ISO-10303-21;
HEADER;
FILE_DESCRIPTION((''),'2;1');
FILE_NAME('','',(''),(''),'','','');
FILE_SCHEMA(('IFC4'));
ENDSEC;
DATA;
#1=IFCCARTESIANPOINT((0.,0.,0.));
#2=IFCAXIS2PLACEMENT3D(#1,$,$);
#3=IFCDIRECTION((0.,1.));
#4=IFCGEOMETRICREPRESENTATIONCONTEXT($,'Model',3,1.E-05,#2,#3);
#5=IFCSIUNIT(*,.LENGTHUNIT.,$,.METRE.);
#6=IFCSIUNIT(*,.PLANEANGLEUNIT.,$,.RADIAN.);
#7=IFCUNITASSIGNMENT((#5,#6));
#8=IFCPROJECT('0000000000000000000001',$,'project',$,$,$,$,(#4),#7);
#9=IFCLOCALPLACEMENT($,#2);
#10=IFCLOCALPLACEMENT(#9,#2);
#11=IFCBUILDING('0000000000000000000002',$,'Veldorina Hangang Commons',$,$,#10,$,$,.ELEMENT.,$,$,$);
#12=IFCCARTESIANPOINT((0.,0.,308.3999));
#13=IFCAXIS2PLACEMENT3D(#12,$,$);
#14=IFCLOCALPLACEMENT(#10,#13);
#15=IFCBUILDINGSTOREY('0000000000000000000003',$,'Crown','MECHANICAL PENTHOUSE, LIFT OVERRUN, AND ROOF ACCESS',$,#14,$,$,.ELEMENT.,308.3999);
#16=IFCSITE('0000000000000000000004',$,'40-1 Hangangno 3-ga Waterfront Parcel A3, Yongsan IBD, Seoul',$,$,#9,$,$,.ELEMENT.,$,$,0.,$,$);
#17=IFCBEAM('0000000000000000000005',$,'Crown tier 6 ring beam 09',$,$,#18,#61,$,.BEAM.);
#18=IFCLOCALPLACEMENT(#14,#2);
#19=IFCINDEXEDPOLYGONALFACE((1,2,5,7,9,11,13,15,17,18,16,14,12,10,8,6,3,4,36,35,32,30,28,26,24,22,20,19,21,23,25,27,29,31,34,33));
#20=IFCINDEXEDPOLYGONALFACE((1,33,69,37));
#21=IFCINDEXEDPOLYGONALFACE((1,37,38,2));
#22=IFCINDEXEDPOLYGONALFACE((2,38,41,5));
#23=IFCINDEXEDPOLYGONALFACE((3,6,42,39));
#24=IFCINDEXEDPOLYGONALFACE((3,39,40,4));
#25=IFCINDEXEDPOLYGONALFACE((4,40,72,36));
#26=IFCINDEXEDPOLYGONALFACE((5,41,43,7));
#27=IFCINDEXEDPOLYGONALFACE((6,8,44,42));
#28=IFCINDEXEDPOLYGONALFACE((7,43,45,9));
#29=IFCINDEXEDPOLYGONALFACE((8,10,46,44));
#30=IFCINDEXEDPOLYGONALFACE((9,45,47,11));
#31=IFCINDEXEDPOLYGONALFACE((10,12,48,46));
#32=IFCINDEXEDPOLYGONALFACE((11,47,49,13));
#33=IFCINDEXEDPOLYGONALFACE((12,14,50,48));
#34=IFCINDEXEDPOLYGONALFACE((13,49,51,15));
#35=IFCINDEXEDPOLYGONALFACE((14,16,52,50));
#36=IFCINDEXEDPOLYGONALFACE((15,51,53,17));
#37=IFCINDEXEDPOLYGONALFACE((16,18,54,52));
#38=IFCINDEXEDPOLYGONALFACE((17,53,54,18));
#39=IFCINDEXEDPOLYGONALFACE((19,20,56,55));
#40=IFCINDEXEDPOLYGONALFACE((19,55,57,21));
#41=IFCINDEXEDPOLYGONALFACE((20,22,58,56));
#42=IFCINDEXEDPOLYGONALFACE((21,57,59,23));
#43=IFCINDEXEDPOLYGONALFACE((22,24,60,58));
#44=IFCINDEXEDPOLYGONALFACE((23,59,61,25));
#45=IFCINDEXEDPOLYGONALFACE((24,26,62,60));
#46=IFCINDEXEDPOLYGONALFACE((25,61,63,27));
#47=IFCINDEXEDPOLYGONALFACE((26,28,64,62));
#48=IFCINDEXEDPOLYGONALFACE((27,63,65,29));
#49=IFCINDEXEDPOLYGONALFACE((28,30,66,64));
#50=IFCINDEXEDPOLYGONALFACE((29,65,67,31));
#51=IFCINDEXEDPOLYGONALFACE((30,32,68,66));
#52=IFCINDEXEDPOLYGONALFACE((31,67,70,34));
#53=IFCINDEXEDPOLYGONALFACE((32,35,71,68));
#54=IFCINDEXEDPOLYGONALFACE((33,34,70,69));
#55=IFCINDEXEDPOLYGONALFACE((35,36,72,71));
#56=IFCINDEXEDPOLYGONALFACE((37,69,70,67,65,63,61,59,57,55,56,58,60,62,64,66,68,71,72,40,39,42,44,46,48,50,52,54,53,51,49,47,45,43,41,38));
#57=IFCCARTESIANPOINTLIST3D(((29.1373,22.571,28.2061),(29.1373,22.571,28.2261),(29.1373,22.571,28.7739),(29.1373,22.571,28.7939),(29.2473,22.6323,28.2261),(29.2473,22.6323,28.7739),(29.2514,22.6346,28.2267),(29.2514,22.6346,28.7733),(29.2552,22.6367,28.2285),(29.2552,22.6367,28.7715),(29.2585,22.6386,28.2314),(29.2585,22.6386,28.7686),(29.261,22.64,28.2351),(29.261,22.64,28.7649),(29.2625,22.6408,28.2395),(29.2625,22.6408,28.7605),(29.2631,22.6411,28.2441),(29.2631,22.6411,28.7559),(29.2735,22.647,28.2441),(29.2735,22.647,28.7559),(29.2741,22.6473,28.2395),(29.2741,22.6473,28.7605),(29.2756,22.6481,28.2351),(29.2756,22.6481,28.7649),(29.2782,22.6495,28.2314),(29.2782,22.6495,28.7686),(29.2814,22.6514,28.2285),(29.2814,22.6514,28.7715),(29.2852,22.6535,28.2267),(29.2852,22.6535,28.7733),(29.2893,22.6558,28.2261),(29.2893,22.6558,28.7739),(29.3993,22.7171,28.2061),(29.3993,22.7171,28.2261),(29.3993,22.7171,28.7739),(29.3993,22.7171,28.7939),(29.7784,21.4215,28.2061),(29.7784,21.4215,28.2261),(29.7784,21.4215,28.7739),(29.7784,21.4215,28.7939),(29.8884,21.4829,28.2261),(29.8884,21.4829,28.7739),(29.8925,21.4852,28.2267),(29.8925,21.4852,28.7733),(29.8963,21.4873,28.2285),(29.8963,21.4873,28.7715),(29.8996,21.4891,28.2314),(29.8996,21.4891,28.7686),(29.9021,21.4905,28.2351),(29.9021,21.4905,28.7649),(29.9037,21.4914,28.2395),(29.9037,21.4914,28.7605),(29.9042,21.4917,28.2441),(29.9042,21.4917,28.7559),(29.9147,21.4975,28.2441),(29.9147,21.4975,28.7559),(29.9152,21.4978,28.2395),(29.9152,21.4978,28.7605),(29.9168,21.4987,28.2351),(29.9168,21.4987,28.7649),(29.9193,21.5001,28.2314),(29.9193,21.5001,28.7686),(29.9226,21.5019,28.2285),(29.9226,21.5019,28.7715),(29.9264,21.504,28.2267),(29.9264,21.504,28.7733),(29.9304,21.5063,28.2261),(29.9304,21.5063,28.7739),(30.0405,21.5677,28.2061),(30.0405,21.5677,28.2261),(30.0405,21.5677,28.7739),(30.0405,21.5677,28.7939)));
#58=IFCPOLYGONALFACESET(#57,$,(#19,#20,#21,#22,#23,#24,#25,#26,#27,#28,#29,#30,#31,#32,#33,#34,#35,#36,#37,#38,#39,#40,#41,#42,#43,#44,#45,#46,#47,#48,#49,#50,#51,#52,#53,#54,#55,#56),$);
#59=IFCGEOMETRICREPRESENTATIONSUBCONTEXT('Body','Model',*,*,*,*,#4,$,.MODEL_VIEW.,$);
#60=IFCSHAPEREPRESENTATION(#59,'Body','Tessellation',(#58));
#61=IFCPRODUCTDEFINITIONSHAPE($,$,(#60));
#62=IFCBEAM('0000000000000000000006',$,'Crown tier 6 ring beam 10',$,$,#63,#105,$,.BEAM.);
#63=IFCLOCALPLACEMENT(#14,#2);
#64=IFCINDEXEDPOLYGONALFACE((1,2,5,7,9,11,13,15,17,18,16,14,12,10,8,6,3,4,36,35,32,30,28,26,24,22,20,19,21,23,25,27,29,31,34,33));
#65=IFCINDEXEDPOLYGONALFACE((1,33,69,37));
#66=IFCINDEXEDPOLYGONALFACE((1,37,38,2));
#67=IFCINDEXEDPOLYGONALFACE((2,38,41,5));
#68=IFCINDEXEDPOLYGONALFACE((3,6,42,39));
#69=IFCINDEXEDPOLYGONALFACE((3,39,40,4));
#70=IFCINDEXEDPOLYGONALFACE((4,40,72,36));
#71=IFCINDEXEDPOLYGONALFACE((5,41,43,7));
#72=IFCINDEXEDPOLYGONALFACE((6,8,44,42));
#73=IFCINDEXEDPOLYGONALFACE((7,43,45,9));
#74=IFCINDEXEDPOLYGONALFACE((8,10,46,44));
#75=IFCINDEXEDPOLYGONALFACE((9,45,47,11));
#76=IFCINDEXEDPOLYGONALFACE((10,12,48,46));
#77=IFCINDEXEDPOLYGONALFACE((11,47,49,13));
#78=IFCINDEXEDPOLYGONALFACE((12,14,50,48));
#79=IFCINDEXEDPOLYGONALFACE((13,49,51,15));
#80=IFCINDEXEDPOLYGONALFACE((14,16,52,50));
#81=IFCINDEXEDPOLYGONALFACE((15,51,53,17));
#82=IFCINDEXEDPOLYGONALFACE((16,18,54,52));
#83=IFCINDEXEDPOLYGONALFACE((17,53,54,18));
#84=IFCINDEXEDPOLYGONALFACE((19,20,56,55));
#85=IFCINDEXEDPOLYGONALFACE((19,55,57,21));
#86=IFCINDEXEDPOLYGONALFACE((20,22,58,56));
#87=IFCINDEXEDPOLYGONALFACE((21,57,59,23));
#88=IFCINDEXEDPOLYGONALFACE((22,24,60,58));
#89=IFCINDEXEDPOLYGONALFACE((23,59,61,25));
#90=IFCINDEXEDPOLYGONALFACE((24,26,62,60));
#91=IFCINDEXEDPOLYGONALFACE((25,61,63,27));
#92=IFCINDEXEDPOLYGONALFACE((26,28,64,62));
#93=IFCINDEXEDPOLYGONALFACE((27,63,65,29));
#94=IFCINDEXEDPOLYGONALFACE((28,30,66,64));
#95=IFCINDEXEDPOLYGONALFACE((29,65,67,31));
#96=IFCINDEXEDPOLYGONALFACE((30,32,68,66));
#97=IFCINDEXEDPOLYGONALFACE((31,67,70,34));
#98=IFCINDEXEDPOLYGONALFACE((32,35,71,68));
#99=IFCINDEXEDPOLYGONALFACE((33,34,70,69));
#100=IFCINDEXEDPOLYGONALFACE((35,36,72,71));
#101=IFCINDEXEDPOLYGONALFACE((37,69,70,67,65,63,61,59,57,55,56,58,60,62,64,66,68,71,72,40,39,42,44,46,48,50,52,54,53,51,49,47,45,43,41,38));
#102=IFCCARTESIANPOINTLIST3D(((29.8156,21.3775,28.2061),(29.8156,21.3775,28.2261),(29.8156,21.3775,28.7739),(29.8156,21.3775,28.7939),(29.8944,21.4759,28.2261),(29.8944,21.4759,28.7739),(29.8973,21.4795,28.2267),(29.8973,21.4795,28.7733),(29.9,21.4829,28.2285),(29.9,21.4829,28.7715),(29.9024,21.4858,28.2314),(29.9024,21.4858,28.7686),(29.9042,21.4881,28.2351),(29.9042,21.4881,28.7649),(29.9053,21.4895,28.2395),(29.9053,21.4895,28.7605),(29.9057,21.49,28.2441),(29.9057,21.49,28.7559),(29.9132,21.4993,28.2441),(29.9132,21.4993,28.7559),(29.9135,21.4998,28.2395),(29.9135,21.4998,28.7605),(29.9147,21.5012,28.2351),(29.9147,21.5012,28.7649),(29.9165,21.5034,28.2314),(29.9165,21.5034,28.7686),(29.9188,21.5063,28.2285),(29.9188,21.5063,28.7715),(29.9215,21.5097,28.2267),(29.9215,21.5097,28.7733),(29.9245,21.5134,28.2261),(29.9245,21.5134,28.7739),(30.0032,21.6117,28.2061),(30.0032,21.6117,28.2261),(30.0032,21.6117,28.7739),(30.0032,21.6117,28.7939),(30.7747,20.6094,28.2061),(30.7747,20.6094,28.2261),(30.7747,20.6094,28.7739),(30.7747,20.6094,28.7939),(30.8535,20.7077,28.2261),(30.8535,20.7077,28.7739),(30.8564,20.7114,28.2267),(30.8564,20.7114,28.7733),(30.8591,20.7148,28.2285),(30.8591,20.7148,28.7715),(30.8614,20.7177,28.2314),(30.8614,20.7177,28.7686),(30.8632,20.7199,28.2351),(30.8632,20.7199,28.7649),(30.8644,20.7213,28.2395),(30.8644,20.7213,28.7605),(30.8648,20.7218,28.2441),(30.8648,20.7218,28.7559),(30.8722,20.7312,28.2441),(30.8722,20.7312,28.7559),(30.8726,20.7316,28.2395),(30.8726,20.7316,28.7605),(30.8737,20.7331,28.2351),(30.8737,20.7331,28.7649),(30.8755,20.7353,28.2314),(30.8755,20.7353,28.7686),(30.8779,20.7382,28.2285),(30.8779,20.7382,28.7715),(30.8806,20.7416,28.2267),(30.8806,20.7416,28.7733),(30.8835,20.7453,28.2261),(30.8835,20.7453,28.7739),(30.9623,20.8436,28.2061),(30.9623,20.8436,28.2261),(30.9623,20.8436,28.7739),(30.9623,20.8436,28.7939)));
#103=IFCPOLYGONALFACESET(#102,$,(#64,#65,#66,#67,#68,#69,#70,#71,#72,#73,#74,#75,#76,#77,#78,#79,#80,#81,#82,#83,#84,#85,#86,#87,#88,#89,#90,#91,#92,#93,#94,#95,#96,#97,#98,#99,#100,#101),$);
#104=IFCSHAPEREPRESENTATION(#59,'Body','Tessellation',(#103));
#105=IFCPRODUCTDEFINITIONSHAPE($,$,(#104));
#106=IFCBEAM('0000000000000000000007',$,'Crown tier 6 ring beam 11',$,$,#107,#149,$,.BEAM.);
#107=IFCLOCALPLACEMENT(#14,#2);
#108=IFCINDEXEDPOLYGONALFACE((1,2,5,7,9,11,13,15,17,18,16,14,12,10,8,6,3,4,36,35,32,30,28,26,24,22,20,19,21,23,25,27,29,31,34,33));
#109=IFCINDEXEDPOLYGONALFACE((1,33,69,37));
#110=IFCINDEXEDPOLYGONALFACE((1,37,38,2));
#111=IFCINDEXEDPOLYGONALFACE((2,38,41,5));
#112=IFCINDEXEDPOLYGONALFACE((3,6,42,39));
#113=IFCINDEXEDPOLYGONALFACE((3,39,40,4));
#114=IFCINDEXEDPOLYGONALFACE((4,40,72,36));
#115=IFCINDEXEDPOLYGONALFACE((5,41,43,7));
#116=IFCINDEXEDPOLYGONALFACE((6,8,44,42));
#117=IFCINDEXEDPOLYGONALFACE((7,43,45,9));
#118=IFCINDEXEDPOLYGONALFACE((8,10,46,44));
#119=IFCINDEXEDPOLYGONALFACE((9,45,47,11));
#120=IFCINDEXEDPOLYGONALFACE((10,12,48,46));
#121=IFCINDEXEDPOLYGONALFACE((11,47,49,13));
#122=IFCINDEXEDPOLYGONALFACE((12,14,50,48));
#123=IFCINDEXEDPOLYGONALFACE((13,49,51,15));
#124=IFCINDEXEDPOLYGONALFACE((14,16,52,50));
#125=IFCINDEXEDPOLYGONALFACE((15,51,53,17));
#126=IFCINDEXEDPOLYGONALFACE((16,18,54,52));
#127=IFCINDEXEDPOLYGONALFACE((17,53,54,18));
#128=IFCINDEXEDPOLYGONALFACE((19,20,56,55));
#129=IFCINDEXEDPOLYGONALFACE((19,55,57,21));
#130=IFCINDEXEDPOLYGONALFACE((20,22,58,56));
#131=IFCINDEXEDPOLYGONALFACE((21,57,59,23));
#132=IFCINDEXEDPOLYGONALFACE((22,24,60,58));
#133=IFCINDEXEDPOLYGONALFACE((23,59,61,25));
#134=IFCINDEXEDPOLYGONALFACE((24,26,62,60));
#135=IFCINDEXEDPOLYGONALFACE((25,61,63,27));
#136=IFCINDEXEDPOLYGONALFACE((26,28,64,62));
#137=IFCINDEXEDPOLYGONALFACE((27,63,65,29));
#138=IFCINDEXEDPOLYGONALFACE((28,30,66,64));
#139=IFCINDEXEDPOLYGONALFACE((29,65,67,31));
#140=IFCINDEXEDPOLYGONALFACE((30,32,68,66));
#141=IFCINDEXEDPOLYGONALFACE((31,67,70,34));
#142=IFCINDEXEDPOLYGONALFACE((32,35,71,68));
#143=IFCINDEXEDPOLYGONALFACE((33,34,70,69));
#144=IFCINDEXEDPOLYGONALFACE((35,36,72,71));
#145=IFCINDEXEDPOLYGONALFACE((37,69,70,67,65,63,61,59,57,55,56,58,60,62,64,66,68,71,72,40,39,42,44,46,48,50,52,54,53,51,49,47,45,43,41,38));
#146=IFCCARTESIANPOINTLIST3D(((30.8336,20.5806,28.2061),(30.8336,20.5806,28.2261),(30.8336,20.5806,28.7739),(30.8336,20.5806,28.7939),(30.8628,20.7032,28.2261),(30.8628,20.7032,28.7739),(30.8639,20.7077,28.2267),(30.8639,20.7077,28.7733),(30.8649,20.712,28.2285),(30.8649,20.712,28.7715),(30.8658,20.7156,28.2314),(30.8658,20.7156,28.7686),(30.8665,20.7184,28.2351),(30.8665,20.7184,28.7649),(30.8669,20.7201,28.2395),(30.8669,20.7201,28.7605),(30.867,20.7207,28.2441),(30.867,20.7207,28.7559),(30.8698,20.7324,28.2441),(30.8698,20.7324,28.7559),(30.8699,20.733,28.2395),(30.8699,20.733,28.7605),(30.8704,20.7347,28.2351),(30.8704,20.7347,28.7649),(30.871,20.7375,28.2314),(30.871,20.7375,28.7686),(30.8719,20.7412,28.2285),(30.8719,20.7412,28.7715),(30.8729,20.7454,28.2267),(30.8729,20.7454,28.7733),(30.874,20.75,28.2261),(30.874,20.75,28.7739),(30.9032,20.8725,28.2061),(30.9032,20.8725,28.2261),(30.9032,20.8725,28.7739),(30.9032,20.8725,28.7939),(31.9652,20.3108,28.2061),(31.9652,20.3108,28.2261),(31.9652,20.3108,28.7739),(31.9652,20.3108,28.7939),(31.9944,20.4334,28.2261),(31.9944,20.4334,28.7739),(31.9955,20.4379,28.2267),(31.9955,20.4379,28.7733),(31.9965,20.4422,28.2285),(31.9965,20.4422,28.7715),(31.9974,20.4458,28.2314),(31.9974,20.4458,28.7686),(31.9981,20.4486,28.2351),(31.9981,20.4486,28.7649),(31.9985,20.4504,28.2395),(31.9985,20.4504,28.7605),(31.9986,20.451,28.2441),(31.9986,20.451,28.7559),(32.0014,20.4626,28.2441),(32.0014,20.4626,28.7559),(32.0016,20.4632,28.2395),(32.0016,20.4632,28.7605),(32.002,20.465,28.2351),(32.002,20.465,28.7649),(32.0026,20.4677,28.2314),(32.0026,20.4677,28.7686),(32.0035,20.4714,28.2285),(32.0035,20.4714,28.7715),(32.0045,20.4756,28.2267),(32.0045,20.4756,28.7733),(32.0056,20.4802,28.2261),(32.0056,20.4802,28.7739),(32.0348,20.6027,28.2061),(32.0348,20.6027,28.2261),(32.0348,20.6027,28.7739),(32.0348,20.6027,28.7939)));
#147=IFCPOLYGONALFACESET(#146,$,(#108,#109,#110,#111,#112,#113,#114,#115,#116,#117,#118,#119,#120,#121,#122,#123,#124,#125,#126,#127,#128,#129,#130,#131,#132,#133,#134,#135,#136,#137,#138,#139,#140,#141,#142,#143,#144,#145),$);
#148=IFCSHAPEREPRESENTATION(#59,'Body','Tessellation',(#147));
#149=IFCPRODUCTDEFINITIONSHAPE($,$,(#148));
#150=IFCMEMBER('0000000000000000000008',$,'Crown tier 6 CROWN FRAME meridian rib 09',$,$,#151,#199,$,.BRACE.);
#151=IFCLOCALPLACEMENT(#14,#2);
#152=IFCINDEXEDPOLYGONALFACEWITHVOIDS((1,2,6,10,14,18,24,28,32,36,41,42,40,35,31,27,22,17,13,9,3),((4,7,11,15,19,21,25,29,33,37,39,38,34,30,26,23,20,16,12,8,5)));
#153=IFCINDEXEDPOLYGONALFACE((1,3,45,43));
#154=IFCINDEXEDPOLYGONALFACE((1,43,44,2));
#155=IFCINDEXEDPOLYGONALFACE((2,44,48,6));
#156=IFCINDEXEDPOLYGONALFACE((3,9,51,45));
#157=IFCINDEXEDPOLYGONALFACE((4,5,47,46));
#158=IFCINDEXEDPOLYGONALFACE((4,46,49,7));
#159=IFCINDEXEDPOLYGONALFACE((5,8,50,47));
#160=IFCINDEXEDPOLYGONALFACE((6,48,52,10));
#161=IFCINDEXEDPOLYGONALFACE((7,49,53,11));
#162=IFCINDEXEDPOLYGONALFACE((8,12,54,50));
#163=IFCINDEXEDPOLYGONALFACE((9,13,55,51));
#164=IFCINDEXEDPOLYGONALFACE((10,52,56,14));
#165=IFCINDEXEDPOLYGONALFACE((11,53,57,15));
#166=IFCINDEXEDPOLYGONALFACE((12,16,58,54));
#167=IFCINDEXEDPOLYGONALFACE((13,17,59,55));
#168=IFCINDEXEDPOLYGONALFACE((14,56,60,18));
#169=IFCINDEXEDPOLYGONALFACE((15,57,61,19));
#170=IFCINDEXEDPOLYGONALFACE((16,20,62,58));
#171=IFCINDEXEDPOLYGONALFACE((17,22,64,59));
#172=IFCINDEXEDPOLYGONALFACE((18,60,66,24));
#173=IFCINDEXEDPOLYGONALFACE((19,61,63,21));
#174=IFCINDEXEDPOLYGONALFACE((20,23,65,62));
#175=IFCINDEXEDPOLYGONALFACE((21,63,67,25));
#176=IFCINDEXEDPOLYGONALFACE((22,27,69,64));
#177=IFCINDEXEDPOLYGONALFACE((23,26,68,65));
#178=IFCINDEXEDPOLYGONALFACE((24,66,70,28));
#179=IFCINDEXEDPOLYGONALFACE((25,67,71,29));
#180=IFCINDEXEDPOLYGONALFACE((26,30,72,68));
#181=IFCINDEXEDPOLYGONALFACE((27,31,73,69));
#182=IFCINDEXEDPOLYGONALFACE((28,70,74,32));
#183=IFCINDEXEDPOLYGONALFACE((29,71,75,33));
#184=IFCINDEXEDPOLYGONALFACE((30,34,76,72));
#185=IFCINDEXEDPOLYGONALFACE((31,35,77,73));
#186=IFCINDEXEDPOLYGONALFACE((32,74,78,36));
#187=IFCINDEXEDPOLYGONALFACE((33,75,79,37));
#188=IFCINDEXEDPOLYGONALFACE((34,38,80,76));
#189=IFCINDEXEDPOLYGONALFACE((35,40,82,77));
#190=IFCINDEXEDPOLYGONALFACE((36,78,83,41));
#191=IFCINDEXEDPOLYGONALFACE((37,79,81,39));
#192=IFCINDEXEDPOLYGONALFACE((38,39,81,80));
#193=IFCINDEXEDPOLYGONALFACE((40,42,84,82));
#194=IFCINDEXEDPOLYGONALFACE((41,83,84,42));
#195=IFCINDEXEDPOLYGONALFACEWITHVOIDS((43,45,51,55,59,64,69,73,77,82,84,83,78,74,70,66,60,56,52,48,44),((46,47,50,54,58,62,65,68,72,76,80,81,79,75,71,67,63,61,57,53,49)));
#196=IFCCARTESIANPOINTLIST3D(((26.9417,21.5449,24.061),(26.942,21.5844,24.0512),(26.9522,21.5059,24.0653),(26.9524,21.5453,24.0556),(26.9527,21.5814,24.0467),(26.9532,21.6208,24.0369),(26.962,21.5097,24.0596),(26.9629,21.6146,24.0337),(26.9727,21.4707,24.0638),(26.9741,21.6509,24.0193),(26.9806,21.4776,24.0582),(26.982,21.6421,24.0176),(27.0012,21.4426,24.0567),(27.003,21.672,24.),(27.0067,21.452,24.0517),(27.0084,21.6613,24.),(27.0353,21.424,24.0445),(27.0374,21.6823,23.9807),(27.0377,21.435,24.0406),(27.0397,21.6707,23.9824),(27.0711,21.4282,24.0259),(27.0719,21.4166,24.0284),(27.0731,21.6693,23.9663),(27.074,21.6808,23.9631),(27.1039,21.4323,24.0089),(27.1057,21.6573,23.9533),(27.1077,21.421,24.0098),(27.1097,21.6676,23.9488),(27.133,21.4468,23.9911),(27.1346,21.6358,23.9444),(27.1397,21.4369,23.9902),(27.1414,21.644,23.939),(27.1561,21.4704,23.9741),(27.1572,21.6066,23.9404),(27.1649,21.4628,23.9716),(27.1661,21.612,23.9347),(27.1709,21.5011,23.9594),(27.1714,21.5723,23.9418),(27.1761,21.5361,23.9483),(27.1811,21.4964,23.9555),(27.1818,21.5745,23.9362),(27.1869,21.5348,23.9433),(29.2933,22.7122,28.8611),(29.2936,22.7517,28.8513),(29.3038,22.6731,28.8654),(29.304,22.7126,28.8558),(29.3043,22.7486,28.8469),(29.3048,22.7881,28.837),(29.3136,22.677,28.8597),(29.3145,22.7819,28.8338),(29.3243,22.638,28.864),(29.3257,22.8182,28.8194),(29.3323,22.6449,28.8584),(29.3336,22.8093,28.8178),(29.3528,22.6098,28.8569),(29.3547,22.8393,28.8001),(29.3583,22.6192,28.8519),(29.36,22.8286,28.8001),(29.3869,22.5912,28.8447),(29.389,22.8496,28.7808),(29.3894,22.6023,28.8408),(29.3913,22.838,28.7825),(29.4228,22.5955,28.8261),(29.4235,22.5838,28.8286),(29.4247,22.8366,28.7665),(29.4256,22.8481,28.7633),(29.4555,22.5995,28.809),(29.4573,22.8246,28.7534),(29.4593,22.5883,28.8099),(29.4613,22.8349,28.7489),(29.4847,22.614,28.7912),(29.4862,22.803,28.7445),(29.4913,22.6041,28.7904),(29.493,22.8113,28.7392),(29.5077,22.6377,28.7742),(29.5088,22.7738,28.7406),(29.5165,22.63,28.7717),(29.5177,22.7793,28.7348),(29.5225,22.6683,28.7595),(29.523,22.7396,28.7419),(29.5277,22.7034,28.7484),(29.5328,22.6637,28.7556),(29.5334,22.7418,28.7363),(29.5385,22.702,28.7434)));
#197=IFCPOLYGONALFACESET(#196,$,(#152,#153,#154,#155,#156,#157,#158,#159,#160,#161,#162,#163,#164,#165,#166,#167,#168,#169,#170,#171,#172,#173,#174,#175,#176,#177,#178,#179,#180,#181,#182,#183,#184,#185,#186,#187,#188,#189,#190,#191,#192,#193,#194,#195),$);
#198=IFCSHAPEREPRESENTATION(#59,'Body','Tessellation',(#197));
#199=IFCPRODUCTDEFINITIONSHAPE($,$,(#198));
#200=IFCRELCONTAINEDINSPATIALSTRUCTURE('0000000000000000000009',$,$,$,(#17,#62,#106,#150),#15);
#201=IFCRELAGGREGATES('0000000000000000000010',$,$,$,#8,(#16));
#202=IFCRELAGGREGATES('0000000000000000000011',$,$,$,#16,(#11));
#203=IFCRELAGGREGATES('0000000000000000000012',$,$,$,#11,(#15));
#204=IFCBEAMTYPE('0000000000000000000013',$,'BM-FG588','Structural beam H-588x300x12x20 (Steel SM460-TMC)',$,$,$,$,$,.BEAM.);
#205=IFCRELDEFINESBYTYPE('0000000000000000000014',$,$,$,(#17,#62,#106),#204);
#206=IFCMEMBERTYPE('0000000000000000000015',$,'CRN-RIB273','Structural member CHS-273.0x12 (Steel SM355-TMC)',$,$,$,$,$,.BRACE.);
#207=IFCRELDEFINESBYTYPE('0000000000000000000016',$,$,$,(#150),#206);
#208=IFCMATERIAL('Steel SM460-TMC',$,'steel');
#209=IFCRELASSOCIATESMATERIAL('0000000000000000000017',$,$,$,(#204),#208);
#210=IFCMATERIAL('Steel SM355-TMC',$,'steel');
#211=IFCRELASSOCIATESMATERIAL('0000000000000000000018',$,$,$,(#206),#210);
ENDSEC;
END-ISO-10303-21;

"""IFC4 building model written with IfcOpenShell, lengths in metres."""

from ifc_helpers import new_model, si_unit, direction, frame, origin, origin_2d, place, context, subcontext, project, spatial, hollow_circle, i_section, extrude, material, material_profile, profile_set, type_object, element, save


model = new_model("IFC4")

# Units and contexts
model_context = context("Model", 3, precision=1e-05, world=origin(), true_north=direction((0.0, 1.0)))
body_context = subcontext(model_context, "Body", "Model", "MODEL_VIEW")
ifc_project = project(units=[si_unit("LENGTHUNIT", "METRE"), si_unit("PLANEANGLEUNIT", "RADIAN")], contexts=[model_context])

# Site, building, storey
site_placement = place(None, origin())
site = spatial("IfcSite", under=ifc_project, at=site_placement, Name="40-1 Hangangno 3-ga Waterfront Parcel A3, Yongsan IBD, Seoul", CompositionType="ELEMENT", RefElevation=0.0)
building_placement = place(site_placement, origin())
building = spatial("IfcBuilding", under=site, at=building_placement, Name="Veldorina Hangang Commons", CompositionType="ELEMENT")
storey_placement = place(building_placement, frame((0.0, 0.0, 308.3999)))
storey = spatial("IfcBuildingStorey", under=building, at=storey_placement, Name="Crown", Description="MECHANICAL PENTHOUSE, LIFT OVERRUN, AND ROOF ACCESS", CompositionType="ELEMENT", Elevation=308.3999)

# Beams
ifc_material_1 = material(Name="Steel SM460-TMC", Category="steel")
ifc_material_profile_1 = material_profile(ifc_material_1, i_section(OverallWidth=0.3, OverallDepth=0.5879, WebThickness=0.012, FlangeThickness=0.02, FilletRadius=0.0181, at=origin_2d()), Name="H-588x300x12x20")
ifc_profile_set_1 = profile_set([ifc_material_profile_1], Name="Steel SM460-TMC")
beam_type = type_object("IfcBeamType", Name="BM-FG588", Description="Structural beam H-588x300x12x20 (Steel SM460-TMC)", PredefinedType="BEAM", material=ifc_profile_set_1)
beam_1_placement = place(storey_placement, frame((29.2683, 22.644, 28.5), z_axis=(0.487123, -0.873334, 0.0), x_axis=(0.873334, 0.487123, 0.0)))
element("IfcBeam", 1, at=beam_1_placement, inside=storey, type_object=beam_type, Name="Crown tier 6 ring beam 09", PredefinedType="BEAM", context=body_context, shape_type="SweptSolid", body=[
    extrude(i_section(OverallWidth=0.3, OverallDepth=0.5879, WebThickness=0.012, FlangeThickness=0.02, FilletRadius=0.0181, at=origin_2d()), origin(), (0.0, 0.0, 1.0), 1.3162),
])
beam_2_placement = place(storey_placement, frame((29.9094, 21.4946, 28.5), z_axis=(0.78052, -0.625131, 0.0), x_axis=(0.625131, 0.78052, 0.0)))
element("IfcBeam", 2, at=beam_2_placement, inside=storey, type_object=beam_type, Name="Crown tier 6 ring beam 10", PredefinedType="BEAM", context=body_context, shape_type="SweptSolid", body=[
    extrude(i_section(OverallWidth=0.3, OverallDepth=0.5879, WebThickness=0.012, FlangeThickness=0.02, FilletRadius=0.0181, at=origin_2d()), origin(), (0.0, 0.0, 1.0), 1.2288),
])
beam_3_placement = place(storey_placement, frame((30.8684, 20.7266, 28.5), z_axis=(0.972739, -0.231904, 0.0), x_axis=(0.231904, 0.972739, 0.0)))
element("IfcBeam", 3, at=beam_3_placement, inside=storey, type_object=beam_type, Name="Crown tier 6 ring beam 11", PredefinedType="BEAM", context=body_context, shape_type="SweptSolid", body=[
    extrude(i_section(OverallWidth=0.3, OverallDepth=0.5879, WebThickness=0.012, FlangeThickness=0.02, FilletRadius=0.0181, at=origin_2d()), origin(), (0.0, 0.0, 1.0), 1.1633),
])

# Member
ifc_material_2 = material(Name="Steel SM355-TMC", Category="steel")
ifc_material_profile_2 = material_profile(ifc_material_2, hollow_circle(Radius=0.1365, WallThickness=0.012, at=origin_2d()), Name="CHS-273.0x12")
ifc_profile_set_2 = profile_set([ifc_material_profile_2], Name="Steel SM355-TMC")
member_type_1 = type_object("IfcMemberType", Name="CRN-RIB273", Description="Structural member CHS-273.0x12 (Steel SM355-TMC)", PredefinedType="BRACE", material=ifc_profile_set_2)
member_1_placement = place(storey_placement, frame((27.0637, 21.5498, 24.0), z_axis=(0.429817, 0.213346, 0.877349), x_axis=(-0.444608, 0.895725, 0.0)))
element("IfcMember", 4, at=member_1_placement, inside=storey, type_object=member_type_1, Name="Crown tier 6 CROWN FRAME meridian rib 09", PredefinedType="BRACE", context=body_context, shape_type="SweptSolid", body=[
    extrude(hollow_circle(Radius=0.1365, WallThickness=0.012, at=origin_2d()), origin(), (0.0, 0.0, 1.0), 5.4712),
])

save(model, "model.ifc")
